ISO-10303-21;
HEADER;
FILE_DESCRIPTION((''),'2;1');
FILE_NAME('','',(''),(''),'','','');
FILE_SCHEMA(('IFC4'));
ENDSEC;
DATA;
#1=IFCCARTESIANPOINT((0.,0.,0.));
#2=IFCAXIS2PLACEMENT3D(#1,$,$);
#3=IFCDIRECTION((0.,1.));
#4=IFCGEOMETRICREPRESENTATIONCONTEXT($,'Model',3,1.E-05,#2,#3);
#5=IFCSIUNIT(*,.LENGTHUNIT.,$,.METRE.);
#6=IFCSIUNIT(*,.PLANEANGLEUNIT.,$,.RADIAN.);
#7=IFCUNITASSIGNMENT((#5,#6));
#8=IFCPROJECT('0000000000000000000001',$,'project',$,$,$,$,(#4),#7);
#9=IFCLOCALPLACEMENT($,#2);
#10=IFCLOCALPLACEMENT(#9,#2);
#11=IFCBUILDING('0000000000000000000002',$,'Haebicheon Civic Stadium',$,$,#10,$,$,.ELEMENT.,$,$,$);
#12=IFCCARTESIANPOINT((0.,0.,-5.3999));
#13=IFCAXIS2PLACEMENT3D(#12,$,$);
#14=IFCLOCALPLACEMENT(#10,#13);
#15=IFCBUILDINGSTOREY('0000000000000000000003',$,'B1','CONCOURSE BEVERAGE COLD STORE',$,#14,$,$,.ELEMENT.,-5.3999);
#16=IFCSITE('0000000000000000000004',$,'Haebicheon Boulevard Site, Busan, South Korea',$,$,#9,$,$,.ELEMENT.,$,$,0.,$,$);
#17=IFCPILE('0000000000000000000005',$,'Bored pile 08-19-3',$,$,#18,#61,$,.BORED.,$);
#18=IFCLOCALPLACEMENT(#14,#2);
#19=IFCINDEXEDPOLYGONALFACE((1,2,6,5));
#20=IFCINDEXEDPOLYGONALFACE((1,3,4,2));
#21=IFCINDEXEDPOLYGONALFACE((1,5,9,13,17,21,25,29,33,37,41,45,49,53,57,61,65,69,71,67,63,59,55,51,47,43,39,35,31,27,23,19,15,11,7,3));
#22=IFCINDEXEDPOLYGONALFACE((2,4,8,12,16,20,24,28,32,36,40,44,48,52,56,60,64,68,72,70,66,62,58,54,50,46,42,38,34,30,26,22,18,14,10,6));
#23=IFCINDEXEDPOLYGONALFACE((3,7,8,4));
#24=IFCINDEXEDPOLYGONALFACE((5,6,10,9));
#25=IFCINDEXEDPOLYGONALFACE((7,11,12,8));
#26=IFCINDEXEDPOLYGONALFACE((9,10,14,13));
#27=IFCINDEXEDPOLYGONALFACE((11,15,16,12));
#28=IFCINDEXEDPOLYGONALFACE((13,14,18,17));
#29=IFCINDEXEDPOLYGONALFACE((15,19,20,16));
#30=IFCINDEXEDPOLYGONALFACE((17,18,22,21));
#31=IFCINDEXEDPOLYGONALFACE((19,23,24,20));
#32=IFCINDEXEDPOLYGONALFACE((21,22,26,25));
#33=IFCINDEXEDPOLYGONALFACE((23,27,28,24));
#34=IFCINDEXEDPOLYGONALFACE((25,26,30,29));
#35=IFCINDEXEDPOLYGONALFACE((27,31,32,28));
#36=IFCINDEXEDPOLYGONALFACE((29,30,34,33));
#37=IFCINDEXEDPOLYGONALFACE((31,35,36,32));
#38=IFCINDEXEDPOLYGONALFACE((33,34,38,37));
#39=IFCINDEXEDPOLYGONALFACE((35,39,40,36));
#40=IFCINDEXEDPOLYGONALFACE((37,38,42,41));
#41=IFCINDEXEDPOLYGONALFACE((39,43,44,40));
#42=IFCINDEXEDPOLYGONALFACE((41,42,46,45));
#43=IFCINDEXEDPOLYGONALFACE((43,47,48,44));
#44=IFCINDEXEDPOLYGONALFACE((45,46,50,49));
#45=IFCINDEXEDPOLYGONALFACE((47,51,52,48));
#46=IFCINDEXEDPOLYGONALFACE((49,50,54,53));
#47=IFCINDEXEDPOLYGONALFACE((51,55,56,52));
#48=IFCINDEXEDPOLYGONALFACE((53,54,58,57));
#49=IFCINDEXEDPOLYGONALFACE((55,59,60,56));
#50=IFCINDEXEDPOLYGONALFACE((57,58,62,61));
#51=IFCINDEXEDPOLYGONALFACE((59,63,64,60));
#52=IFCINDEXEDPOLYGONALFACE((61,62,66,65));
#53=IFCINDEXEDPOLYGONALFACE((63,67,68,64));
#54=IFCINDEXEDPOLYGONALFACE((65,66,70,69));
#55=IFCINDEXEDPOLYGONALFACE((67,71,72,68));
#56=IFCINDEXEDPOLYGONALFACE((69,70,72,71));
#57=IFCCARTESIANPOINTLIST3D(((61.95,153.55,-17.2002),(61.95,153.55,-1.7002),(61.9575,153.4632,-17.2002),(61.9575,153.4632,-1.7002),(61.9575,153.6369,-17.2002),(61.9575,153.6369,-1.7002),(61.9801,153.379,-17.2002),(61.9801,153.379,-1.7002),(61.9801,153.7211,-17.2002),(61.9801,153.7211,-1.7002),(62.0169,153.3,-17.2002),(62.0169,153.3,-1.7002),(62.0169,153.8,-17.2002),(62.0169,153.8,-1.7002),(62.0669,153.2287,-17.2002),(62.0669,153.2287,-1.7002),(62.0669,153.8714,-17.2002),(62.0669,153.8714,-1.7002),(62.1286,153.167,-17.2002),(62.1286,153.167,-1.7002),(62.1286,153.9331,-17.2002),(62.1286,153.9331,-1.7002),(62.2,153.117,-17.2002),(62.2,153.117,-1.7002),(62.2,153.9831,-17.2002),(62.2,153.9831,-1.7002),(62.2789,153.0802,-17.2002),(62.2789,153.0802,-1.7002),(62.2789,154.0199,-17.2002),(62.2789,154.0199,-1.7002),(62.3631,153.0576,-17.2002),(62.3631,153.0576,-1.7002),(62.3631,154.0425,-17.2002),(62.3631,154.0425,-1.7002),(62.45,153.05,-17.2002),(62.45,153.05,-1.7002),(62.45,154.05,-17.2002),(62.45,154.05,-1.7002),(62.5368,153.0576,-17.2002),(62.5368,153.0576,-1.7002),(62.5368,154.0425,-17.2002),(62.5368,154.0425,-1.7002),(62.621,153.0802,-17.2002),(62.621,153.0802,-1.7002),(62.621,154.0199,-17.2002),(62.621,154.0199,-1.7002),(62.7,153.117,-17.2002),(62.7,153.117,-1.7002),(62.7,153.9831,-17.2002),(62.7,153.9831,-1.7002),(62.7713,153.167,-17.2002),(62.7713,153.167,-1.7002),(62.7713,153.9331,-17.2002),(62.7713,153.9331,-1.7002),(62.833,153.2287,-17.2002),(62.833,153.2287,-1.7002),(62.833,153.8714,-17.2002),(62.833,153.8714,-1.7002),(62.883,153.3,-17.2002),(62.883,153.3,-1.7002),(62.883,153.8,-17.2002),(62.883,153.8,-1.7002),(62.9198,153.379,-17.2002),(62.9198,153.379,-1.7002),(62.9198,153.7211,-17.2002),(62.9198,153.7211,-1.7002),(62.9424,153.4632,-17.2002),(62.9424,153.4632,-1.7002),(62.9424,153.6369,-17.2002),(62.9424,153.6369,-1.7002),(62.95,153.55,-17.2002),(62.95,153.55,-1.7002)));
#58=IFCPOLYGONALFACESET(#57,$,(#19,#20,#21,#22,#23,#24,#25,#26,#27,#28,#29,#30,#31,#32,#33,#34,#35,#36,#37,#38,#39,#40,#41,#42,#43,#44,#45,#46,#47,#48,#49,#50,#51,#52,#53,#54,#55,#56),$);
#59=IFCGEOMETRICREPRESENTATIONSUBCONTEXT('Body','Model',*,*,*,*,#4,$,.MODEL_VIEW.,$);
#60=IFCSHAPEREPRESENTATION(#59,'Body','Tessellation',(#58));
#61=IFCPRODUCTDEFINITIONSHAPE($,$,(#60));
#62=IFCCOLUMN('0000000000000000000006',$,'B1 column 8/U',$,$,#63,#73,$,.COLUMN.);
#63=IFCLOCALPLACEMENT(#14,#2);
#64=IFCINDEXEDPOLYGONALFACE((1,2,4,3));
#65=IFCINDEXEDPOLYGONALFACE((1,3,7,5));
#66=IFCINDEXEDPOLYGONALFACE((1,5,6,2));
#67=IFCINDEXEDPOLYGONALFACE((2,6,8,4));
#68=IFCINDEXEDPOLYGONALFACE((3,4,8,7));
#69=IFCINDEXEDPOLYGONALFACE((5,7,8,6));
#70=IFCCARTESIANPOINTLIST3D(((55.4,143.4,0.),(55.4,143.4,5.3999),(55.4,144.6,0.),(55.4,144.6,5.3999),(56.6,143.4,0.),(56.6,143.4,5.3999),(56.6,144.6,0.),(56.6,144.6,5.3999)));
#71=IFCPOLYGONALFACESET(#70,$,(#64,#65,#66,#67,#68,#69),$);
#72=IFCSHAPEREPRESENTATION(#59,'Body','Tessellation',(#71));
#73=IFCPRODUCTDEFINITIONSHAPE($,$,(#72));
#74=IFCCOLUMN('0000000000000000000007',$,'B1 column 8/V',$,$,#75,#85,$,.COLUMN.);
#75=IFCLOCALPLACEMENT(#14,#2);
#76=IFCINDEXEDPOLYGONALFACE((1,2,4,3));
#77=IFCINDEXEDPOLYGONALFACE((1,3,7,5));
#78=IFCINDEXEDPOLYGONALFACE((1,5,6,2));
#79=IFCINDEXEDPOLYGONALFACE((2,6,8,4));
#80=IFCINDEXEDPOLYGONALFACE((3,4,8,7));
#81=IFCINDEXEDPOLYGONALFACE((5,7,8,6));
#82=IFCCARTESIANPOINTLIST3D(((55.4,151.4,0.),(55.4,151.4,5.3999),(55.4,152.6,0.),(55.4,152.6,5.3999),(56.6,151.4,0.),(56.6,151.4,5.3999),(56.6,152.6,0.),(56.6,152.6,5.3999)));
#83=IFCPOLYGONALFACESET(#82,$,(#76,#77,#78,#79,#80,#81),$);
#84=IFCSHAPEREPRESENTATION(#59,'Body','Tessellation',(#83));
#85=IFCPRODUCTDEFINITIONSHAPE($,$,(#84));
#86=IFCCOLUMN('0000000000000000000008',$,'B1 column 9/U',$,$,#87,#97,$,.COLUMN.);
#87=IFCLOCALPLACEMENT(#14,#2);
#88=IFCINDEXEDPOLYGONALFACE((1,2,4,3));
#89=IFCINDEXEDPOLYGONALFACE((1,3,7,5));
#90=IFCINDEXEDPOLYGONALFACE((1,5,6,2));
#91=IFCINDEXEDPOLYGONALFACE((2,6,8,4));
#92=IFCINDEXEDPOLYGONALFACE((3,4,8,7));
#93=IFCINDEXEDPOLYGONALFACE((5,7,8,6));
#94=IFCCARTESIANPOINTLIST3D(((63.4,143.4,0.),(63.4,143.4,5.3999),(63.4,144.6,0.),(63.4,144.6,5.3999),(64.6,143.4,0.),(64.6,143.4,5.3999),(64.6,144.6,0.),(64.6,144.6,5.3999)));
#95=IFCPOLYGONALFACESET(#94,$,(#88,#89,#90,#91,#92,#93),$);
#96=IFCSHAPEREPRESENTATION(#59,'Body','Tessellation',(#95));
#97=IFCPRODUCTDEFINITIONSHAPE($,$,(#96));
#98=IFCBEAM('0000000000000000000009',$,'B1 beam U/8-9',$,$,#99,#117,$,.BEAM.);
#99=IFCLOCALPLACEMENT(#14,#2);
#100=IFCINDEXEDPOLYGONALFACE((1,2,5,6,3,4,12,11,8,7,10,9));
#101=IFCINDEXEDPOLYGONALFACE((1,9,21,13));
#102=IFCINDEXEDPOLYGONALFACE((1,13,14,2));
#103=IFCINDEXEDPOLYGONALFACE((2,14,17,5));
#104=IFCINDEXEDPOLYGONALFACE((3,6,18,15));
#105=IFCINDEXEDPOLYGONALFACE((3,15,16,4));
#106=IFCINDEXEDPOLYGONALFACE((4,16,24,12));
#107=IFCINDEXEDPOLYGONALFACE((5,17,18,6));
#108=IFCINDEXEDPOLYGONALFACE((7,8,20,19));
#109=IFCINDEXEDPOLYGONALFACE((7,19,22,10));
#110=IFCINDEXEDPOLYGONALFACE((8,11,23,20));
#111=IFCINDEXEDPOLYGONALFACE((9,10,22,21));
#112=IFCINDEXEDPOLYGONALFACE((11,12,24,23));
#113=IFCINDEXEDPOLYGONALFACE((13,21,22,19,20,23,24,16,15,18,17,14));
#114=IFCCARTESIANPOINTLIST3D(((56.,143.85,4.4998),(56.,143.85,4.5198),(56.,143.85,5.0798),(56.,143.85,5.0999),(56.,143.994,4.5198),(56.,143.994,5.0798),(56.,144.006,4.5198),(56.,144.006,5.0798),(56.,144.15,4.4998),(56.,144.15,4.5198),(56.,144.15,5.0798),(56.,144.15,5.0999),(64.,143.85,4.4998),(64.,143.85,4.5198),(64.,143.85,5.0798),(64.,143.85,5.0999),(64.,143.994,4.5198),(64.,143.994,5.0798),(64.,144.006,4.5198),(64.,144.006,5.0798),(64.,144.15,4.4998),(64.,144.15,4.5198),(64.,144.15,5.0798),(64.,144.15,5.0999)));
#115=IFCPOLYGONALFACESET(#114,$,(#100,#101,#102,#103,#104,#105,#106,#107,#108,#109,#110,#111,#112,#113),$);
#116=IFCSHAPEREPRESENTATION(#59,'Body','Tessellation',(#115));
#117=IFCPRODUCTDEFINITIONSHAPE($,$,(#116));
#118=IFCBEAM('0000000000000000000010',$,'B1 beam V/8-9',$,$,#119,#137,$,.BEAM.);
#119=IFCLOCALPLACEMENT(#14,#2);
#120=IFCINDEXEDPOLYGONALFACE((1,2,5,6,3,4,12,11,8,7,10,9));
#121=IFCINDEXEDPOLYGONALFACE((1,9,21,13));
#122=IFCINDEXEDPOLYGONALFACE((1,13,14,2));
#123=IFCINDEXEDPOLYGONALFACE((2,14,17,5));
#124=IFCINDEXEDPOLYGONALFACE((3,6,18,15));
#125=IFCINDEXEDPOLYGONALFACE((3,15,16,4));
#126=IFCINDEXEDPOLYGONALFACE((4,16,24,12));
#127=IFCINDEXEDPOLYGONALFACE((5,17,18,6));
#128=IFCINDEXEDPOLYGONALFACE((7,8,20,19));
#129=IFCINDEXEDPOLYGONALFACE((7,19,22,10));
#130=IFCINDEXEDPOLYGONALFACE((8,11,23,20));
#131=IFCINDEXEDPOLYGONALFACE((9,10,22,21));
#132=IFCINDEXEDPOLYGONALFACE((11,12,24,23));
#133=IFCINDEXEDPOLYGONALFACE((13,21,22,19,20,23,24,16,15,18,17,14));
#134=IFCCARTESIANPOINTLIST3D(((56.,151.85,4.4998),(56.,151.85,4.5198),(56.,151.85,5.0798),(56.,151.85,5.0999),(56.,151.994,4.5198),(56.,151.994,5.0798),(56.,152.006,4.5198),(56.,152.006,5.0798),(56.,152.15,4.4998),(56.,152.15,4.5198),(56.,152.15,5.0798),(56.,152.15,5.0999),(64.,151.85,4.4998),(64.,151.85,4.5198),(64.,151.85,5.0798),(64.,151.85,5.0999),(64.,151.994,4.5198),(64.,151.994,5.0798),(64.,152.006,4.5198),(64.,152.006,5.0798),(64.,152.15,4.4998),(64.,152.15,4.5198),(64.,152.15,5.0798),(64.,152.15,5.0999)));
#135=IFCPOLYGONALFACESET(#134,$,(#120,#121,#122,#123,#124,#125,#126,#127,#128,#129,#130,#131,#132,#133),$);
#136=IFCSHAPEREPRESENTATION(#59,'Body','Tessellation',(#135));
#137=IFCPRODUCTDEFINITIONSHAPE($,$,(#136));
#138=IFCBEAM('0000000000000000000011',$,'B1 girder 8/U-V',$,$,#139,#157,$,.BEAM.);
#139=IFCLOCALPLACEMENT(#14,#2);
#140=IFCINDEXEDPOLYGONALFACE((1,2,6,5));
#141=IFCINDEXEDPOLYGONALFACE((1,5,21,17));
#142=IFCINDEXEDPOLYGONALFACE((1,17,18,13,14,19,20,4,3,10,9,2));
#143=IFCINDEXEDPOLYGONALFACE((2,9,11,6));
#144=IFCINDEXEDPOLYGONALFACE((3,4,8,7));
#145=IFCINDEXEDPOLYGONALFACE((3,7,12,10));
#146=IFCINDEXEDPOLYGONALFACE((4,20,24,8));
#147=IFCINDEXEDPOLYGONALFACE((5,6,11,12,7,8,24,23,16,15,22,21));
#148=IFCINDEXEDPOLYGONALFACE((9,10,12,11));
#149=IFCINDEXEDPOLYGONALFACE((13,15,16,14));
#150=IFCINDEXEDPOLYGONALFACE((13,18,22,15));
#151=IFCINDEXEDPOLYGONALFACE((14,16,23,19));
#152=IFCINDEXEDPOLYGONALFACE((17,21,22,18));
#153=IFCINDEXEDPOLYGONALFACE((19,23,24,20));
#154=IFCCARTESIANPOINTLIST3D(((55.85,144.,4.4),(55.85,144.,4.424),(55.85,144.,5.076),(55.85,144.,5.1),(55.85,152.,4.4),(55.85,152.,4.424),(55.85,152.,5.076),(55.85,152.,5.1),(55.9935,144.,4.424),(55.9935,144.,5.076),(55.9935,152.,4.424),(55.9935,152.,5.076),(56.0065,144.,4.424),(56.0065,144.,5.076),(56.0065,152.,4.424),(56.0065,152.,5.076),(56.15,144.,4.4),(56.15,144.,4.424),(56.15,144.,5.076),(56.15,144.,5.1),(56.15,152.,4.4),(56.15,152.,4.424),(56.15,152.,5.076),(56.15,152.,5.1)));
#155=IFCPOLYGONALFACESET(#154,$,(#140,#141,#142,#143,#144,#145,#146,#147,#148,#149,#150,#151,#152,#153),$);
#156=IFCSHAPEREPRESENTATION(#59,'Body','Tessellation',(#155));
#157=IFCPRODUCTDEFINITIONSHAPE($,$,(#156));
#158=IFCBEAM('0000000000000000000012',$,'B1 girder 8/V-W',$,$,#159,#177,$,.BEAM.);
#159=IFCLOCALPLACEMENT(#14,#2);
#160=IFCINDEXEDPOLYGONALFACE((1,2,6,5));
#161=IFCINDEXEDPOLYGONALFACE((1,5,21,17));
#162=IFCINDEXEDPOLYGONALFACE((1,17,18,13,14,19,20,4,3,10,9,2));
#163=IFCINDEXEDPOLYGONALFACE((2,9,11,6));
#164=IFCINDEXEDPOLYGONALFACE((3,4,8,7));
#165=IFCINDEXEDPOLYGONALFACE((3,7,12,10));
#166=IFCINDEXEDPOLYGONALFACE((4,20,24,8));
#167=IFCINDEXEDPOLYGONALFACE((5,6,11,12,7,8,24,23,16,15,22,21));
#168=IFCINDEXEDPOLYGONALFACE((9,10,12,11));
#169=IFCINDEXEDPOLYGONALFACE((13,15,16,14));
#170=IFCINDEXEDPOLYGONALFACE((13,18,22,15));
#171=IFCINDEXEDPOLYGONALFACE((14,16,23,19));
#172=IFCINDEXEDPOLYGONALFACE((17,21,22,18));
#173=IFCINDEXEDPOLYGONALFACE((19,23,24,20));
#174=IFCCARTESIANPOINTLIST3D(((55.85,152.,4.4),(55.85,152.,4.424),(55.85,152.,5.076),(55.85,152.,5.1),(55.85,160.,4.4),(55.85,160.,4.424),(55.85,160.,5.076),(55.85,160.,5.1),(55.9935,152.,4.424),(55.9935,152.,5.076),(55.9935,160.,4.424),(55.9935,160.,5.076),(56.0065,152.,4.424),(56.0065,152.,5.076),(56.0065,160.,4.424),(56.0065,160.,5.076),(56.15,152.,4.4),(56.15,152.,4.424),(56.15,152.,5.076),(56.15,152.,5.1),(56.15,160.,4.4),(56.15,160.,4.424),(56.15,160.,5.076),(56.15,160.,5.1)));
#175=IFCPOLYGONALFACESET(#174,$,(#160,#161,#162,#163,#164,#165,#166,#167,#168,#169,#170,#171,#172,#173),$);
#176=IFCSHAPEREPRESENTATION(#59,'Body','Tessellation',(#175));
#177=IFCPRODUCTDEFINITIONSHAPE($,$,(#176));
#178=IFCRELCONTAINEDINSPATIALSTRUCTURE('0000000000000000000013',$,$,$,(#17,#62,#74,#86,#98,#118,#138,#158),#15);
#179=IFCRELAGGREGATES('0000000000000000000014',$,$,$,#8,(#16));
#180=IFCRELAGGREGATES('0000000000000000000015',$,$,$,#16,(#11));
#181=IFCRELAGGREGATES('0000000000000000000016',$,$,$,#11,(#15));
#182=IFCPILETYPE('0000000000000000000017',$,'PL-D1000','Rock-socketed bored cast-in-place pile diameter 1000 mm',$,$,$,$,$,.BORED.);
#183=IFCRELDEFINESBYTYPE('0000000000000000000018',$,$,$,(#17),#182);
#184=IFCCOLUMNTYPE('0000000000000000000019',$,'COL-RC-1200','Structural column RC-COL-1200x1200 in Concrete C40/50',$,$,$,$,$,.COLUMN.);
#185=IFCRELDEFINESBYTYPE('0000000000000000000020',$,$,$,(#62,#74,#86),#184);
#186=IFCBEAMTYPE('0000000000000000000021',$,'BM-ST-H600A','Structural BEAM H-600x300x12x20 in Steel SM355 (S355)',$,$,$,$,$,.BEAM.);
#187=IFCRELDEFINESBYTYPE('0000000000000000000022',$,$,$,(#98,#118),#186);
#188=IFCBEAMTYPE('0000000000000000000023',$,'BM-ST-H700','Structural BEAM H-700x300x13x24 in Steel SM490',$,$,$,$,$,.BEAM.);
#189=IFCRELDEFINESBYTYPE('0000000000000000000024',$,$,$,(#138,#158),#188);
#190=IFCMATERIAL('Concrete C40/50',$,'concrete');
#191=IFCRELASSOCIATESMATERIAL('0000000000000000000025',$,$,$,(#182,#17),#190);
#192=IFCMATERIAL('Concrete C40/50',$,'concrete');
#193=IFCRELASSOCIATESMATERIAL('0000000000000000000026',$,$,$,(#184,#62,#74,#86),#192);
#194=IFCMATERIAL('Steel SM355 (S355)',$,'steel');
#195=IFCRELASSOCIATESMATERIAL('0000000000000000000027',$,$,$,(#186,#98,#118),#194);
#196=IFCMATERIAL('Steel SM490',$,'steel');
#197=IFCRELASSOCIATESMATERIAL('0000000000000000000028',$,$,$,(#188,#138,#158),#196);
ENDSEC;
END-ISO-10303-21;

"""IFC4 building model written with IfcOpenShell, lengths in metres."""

from ifc_helpers import new_model, si_unit, direction, frame, origin, origin_2d, place, context, subcontext, project, spatial, rectangle, circle, i_section, extrude, material, material_profile, profile_set, type_object, element, save


model = new_model("IFC4")

# Units and contexts
model_context = context("Model", 3, precision=1e-05, world=origin(), true_north=direction((0.0, 1.0)))
body_context = subcontext(model_context, "Body", "Model", "MODEL_VIEW")
ifc_project = project(units=[si_unit("LENGTHUNIT", "METRE"), si_unit("PLANEANGLEUNIT", "RADIAN")], contexts=[model_context])

# Site, building, storey
site_placement = place(None, origin())
site = spatial("IfcSite", under=ifc_project, at=site_placement, Name="Haebicheon Boulevard Site, Busan, South Korea", CompositionType="ELEMENT", RefElevation=0.0)
building_placement = place(site_placement, origin())
building = spatial("IfcBuilding", under=site, at=building_placement, Name="Haebicheon Civic Stadium", CompositionType="ELEMENT")
storey_placement = place(building_placement, frame((0.0, 0.0, -5.3999)))
storey = spatial("IfcBuildingStorey", under=building, at=storey_placement, Name="B1", Description="CONCOURSE BEVERAGE COLD STORE", CompositionType="ELEMENT", Elevation=-5.3999)

# Pile
ifc_material_1 = material(Name="Concrete C40/50", Category="concrete")
ifc_material_profile_1 = material_profile(ifc_material_1, circle(Radius=0.5, at=origin_2d()), Name="PILE-D1000")
ifc_profile_set_1 = profile_set([ifc_material_profile_1], Name="Concrete C40/50")
pile_type = type_object("IfcPileType", Name="PL-D1000", Description="Rock-socketed bored cast-in-place pile diameter 1000 mm", PredefinedType="BORED", material=ifc_profile_set_1)
for number, where, z_axis, x_axis, name in (
    (1, (62.45, 153.55, -1.7002), (0.0, 0.0, -1.0), (1.0, 0.0, 0.0), "Bored pile 08-19-3"),
):
    element("IfcPile", number, at=place(storey_placement, frame(where, z_axis=z_axis, x_axis=x_axis)), inside=storey, type_object=pile_type, material=ifc_profile_set_1, Name=name, PredefinedType="BORED", context=body_context, shape_type="SweptSolid", body=[
        extrude(circle(Radius=0.5, at=origin_2d()), origin(), (0.0, 0.0, 1.0), 15.5),
    ])

# Columns
ifc_material_2 = material(Name="Concrete C40/50", Category="concrete")
ifc_material_profile_2 = material_profile(ifc_material_2, rectangle(XDim=1.2, YDim=1.2, at=origin_2d()), Name="RC-COL-1200x1200")
ifc_profile_set_2 = profile_set([ifc_material_profile_2], Name="Concrete C40/50")
column_type = type_object("IfcColumnType", Name="COL-RC-1200", Description="Structural column RC-COL-1200x1200 in Concrete C40/50", PredefinedType="COLUMN", material=ifc_profile_set_2)
for number, where, z_axis, x_axis, name in (
    (2, (56.0, 144.0, 0.0), (0.0, 0.0, 1.0), (1.0, 0.0, 0.0), "B1 column 8/U"),
    (3, (56.0, 152.0, 0.0), (0.0, 0.0, 1.0), (1.0, 0.0, 0.0), "B1 column 8/V"),
    (4, (64.0, 144.0, 0.0), (0.0, 0.0, 1.0), (1.0, 0.0, 0.0), "B1 column 9/U"),
):
    element("IfcColumn", number, at=place(storey_placement, frame(where, z_axis=z_axis, x_axis=x_axis)), inside=storey, type_object=column_type, material=ifc_profile_set_2, Name=name, PredefinedType="COLUMN", context=body_context, shape_type="SweptSolid", body=[
        extrude(rectangle(XDim=1.2, YDim=1.2, at=origin_2d()), origin(), (0.0, 0.0, 1.0), 5.3999),
    ])

# Beams
ifc_material_3 = material(Name="Steel SM355 (S355)", Category="steel")
ifc_material_profile_3 = material_profile(ifc_material_3, i_section(OverallWidth=0.3, OverallDepth=0.6001, WebThickness=0.012, FlangeThickness=0.02, at=origin_2d()), Name="H-600x300x12x20")
ifc_profile_set_3 = profile_set([ifc_material_profile_3], Name="Steel SM355 (S355)")
beam_type_1 = type_object("IfcBeamType", Name="BM-ST-H600A", Description="Structural BEAM H-600x300x12x20 in Steel SM355 (S355)", PredefinedType="BEAM", material=ifc_profile_set_3)
for number, where, z_axis, x_axis, name in (
    (5, (56.0, 144.0, 4.7998), (1.0, 0.0, 0.0), (0.0, 1.0, 0.0), "B1 beam U/8-9"),
    (6, (56.0, 152.0, 4.7998), (1.0, 0.0, 0.0), (0.0, 1.0, 0.0), "B1 beam V/8-9"),
):
    element("IfcBeam", number, at=place(storey_placement, frame(where, z_axis=z_axis, x_axis=x_axis)), inside=storey, type_object=beam_type_1, material=ifc_profile_set_3, Name=name, PredefinedType="BEAM", context=body_context, shape_type="SweptSolid", body=[
        extrude(i_section(OverallWidth=0.3, OverallDepth=0.6001, WebThickness=0.012, FlangeThickness=0.02, at=origin_2d()), origin(), (0.0, 0.0, 1.0), 8.0),
    ])
ifc_material_4 = material(Name="Steel SM490", Category="steel")
ifc_material_profile_4 = material_profile(ifc_material_4, i_section(OverallWidth=0.3, OverallDepth=0.7, WebThickness=0.0129, FlangeThickness=0.0239, at=origin_2d()), Name="H-700x300x13x24")
ifc_profile_set_4 = profile_set([ifc_material_profile_4], Name="Steel SM490")
beam_type_2 = type_object("IfcBeamType", Name="BM-ST-H700", Description="Structural BEAM H-700x300x13x24 in Steel SM490", PredefinedType="BEAM", material=ifc_profile_set_4)
for number, where, z_axis, x_axis, name in (
    (7, (56.0, 144.0, 4.75), (0.0, 1.0, 0.0), (-1.0, 0.0, 0.0), "B1 girder 8/U-V"),
    (8, (56.0, 152.0, 4.75), (0.0, 1.0, 0.0), (-1.0, 0.0, 0.0), "B1 girder 8/V-W"),
):
    element("IfcBeam", number, at=place(storey_placement, frame(where, z_axis=z_axis, x_axis=x_axis)), inside=storey, type_object=beam_type_2, material=ifc_profile_set_4, Name=name, PredefinedType="BEAM", context=body_context, shape_type="SweptSolid", body=[
        extrude(i_section(OverallWidth=0.3, OverallDepth=0.7, WebThickness=0.0129, FlangeThickness=0.0239, at=origin_2d()), origin(), (0.0, 0.0, 1.0), 8.0),
    ])

save(model, "model.ifc")
